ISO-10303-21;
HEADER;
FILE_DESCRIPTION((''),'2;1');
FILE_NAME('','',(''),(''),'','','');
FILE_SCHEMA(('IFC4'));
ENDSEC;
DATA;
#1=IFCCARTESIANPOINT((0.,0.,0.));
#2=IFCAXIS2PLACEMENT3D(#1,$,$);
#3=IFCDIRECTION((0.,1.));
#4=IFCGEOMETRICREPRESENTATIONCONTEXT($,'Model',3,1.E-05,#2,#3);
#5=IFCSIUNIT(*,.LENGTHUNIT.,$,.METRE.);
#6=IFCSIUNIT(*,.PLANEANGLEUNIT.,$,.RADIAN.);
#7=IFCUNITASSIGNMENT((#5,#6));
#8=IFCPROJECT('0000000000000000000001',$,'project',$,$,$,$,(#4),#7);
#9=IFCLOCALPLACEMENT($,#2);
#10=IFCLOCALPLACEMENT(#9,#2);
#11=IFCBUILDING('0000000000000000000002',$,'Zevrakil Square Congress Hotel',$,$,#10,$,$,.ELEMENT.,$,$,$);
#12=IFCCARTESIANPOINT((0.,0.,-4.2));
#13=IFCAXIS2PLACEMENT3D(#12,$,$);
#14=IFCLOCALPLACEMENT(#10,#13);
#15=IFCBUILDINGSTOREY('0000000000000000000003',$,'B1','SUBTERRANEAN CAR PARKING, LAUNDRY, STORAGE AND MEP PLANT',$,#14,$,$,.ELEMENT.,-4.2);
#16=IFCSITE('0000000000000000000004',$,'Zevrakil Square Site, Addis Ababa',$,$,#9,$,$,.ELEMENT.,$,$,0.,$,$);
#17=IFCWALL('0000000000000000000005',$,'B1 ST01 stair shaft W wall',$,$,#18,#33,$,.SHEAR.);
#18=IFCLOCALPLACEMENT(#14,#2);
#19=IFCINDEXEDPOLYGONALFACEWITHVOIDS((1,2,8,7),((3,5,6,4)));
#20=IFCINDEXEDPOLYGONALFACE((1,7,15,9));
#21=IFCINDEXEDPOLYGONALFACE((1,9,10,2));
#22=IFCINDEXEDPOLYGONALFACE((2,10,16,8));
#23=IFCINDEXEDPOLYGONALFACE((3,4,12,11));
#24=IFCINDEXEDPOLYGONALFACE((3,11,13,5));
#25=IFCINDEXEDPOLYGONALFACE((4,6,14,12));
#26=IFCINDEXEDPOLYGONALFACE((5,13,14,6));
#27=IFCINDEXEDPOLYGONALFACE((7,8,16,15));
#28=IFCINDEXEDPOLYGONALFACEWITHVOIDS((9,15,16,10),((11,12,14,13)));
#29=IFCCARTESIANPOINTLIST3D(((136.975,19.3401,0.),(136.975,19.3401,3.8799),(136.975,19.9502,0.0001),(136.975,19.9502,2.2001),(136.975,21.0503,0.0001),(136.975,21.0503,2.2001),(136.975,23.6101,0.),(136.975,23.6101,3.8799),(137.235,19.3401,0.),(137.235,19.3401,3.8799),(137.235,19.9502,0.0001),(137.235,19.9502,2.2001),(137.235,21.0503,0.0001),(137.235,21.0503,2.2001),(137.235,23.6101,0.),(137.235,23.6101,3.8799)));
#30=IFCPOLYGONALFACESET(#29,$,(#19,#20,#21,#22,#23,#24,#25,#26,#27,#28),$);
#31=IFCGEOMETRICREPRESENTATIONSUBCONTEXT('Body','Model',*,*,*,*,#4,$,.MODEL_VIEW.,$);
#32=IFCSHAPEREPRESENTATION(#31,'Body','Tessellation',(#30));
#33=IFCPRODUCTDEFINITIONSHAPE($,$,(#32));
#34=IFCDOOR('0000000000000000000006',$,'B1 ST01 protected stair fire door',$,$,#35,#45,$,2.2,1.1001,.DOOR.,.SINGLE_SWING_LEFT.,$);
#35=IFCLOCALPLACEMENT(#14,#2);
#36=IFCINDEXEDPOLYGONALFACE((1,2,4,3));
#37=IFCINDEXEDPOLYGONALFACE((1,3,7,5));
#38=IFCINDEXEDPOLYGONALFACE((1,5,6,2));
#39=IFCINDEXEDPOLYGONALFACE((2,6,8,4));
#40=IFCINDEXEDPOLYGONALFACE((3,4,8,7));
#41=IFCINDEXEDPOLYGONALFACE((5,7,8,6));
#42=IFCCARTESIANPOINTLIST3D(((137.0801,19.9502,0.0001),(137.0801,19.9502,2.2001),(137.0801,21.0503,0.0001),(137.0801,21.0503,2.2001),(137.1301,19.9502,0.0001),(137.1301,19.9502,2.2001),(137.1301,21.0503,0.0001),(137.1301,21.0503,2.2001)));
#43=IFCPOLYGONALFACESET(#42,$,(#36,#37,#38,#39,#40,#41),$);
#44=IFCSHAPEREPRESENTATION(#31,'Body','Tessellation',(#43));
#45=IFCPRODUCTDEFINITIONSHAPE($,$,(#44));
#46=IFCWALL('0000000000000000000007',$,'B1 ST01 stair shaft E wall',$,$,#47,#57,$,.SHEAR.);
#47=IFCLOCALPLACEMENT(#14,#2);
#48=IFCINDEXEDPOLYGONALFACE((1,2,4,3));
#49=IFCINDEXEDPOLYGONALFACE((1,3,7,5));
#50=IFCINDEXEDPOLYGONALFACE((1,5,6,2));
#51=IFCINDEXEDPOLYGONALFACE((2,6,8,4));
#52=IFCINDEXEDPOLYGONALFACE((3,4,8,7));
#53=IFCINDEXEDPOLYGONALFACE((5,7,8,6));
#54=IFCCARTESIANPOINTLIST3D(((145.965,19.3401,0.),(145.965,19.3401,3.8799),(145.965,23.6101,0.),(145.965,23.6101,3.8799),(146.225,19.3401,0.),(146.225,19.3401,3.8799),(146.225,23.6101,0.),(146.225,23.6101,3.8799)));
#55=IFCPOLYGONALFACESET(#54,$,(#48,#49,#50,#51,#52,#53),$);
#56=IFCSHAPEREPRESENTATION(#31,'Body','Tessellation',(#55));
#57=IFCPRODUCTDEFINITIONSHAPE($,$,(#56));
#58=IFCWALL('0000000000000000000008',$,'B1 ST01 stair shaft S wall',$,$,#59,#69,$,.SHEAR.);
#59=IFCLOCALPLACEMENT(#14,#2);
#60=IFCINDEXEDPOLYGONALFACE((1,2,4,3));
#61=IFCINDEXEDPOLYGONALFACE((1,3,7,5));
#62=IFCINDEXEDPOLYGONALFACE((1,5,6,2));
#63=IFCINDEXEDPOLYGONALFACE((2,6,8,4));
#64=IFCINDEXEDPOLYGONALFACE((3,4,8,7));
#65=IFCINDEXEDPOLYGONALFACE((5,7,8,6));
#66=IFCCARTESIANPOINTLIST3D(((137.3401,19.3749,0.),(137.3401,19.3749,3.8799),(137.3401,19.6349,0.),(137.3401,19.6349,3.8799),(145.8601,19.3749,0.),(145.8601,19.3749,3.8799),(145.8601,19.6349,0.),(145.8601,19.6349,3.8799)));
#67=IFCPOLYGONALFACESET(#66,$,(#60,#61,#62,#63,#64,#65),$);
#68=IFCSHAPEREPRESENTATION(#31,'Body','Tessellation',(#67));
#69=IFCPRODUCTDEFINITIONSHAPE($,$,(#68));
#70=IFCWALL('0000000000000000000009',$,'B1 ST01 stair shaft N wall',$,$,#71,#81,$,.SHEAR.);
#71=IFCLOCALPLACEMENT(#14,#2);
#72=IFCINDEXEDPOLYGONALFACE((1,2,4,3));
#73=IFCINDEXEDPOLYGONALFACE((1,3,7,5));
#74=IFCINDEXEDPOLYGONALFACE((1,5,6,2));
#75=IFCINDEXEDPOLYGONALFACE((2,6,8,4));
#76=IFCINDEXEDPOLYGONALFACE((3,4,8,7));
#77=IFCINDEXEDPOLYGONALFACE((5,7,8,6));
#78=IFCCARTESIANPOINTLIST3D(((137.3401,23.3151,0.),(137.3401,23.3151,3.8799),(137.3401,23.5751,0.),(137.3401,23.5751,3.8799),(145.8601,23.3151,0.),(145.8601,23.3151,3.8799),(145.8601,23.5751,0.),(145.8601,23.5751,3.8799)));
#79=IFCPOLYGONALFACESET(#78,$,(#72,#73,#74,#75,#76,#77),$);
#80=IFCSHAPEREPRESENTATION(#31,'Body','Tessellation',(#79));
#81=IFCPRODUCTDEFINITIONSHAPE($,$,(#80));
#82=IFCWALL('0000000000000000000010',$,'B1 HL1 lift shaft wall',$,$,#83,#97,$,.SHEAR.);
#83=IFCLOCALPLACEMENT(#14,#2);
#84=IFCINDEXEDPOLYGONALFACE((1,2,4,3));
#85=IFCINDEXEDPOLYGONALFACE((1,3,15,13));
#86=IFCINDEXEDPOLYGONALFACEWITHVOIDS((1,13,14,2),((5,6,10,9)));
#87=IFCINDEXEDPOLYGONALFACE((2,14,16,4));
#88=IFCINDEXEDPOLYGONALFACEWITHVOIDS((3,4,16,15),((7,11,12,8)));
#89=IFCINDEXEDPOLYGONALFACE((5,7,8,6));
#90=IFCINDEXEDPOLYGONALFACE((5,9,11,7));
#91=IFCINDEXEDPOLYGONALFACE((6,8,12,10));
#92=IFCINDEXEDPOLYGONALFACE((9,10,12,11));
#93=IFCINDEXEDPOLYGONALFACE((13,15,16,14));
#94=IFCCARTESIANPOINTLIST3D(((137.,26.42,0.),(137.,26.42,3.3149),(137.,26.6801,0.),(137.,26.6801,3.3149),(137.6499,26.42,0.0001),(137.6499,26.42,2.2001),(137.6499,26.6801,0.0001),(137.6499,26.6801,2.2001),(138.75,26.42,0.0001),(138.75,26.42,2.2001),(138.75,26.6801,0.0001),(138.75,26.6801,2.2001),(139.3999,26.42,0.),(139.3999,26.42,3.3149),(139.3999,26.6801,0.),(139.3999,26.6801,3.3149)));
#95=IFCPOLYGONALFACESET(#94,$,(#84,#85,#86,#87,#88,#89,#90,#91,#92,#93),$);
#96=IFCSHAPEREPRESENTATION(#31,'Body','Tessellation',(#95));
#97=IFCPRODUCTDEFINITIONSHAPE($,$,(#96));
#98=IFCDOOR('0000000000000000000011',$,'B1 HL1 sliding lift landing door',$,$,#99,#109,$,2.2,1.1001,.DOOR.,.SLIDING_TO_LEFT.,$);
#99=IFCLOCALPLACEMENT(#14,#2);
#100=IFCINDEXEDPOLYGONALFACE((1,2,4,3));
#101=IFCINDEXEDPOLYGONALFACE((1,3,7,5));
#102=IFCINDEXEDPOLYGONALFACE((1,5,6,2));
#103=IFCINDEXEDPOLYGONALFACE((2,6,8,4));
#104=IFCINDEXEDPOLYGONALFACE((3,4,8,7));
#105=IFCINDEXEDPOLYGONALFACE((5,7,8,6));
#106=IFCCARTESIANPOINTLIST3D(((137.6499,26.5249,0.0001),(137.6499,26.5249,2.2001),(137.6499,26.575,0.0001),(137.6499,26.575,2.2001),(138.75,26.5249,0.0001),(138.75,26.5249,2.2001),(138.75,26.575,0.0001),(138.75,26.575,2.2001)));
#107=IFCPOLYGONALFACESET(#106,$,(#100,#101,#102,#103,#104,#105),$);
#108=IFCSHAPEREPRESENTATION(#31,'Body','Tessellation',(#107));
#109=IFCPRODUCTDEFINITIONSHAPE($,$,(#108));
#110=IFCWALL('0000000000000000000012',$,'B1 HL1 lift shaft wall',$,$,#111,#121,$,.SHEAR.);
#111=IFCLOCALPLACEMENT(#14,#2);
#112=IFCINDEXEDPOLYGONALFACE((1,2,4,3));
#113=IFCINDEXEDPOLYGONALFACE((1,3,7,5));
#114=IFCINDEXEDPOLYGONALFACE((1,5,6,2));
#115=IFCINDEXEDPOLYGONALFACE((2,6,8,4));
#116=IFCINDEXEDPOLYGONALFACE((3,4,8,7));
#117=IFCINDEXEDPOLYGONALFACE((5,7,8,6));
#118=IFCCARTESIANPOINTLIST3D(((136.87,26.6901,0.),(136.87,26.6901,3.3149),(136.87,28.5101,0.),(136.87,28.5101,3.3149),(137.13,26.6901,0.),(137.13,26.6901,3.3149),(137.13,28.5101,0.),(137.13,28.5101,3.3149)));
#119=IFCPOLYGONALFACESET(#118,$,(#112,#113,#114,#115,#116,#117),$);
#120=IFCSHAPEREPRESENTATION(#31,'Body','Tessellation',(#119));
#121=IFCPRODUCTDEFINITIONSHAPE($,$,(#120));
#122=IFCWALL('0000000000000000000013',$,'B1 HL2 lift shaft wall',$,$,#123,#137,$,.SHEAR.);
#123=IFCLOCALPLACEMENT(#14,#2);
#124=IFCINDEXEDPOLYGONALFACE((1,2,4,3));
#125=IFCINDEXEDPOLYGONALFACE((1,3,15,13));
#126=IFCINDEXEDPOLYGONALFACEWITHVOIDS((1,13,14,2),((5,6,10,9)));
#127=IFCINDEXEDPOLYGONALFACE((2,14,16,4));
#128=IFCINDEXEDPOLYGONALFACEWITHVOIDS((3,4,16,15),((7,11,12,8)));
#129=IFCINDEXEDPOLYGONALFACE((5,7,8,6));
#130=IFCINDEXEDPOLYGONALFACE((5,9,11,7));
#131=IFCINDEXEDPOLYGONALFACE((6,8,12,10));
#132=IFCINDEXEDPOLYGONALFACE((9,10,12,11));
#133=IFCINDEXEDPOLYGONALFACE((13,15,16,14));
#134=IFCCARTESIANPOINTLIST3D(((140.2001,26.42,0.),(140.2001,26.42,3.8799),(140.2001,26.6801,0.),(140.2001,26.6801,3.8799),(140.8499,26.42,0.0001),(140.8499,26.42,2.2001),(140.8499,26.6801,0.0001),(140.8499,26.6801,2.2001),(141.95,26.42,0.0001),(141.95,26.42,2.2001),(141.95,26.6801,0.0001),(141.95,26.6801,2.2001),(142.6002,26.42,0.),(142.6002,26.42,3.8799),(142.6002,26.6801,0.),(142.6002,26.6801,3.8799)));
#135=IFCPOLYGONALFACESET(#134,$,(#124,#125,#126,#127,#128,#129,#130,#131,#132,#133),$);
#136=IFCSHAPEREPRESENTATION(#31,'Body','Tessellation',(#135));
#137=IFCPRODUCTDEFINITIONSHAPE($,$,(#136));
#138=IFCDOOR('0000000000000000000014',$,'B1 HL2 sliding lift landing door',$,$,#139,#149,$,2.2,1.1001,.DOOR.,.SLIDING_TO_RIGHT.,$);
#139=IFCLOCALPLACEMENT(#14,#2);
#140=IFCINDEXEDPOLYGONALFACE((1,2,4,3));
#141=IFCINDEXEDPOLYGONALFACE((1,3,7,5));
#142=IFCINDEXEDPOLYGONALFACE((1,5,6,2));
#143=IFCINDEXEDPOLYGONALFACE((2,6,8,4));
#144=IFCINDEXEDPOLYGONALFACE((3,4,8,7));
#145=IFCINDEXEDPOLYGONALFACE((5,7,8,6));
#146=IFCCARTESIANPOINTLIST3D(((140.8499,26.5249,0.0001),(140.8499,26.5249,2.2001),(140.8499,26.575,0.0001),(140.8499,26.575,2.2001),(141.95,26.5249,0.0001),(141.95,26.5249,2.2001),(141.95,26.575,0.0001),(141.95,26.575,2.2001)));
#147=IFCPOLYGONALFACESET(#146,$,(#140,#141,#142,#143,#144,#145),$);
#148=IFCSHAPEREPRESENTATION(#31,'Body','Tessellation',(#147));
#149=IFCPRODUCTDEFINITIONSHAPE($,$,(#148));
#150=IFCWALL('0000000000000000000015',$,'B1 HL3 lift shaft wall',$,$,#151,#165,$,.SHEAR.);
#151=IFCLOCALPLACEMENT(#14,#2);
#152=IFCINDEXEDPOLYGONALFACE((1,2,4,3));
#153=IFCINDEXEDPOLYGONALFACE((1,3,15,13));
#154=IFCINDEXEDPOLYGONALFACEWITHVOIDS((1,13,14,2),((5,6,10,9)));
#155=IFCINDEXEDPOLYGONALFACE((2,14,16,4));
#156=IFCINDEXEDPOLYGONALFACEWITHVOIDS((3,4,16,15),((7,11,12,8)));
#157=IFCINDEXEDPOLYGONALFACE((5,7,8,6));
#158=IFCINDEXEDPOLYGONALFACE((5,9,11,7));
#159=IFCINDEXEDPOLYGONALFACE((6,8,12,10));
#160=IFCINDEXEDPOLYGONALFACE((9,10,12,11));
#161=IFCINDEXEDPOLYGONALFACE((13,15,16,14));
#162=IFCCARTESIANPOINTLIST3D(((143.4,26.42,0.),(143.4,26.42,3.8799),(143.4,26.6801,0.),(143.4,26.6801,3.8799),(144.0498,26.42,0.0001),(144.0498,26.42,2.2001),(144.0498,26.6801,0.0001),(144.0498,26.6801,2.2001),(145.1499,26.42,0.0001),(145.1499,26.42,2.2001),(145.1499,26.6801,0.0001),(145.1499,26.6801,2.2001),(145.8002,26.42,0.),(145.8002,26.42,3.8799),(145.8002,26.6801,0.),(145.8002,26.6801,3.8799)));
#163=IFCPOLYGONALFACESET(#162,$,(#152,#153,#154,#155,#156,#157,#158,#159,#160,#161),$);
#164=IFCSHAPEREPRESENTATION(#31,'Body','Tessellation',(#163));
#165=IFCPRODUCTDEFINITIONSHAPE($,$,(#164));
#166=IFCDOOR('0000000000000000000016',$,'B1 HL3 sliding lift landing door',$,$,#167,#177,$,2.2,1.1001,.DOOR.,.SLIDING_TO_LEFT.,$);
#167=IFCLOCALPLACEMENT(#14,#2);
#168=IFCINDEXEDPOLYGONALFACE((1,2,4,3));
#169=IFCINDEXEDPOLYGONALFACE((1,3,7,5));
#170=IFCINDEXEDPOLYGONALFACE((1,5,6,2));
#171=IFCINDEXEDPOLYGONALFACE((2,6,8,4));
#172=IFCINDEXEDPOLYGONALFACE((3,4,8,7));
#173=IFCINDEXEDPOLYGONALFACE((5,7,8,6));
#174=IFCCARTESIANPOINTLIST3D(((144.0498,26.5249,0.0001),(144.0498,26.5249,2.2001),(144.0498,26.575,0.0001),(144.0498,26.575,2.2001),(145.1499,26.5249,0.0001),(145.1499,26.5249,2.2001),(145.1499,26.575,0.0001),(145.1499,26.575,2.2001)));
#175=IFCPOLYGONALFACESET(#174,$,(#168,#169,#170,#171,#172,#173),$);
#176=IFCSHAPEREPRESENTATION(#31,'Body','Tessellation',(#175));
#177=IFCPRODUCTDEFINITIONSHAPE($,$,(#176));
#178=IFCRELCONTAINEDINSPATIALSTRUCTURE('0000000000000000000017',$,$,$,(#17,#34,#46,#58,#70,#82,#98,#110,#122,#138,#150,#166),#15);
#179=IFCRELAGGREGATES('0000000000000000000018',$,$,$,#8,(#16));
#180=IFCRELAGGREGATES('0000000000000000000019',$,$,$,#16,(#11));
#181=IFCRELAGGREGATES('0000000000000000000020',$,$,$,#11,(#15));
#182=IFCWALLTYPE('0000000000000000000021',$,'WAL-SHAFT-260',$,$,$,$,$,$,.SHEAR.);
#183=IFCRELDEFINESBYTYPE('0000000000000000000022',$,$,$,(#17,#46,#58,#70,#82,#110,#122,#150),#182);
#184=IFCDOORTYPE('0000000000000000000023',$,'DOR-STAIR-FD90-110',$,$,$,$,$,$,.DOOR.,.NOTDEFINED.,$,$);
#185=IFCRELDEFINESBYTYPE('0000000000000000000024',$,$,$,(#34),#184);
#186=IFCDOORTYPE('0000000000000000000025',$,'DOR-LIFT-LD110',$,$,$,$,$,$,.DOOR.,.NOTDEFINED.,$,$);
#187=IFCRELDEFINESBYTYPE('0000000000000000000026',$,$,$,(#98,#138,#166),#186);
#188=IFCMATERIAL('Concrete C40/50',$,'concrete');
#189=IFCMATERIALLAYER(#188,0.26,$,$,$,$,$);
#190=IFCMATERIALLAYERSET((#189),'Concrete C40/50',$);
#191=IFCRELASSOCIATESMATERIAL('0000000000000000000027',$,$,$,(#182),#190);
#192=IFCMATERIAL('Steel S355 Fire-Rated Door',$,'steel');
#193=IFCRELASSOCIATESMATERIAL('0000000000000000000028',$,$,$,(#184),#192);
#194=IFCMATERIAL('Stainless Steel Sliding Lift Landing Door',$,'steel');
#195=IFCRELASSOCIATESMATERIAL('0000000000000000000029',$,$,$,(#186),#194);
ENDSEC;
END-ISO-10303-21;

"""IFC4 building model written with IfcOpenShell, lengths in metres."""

from ifc_helpers import new_model, si_unit, direction, frame, frame_2d, origin, place, context, subcontext, project, spatial, rectangle, extrude, material, layer, layer_set, type_object, element, fill, save


model = new_model("IFC4")

# Units and contexts
model_context = context("Model", 3, precision=1e-05, world=origin(), true_north=direction((0.0, 1.0)))
body_context = subcontext(model_context, "Body", "Model", "MODEL_VIEW")
ifc_project = project(units=[si_unit("LENGTHUNIT", "METRE"), si_unit("PLANEANGLEUNIT", "RADIAN")], contexts=[model_context])

# Site, building, storey
site_placement = place(None, origin())
site = spatial("IfcSite", under=ifc_project, at=site_placement, Name="Zevrakil Square Site, Addis Ababa", CompositionType="ELEMENT", RefElevation=0.0)
building_placement = place(site_placement, origin())
building = spatial("IfcBuilding", under=site, at=building_placement, Name="Zevrakil Square Congress Hotel", CompositionType="ELEMENT")
storey_placement = place(building_placement, frame((0.0, 0.0, -4.2)))
storey = spatial("IfcBuildingStorey", under=building, at=storey_placement, Name="B1", Description="SUBTERRANEAN CAR PARKING, LAUNDRY, STORAGE AND MEP PLANT", CompositionType="ELEMENT", Elevation=-4.2)

# Wall, opening, door
ifc_material_1 = material(Name="Concrete C40/50", Category="concrete")
ifc_layer_1 = layer(ifc_material_1, 0.26)
ifc_layer_set_1 = layer_set([ifc_layer_1], Name="Concrete C40/50")
wall_type = type_object("IfcWallType", Name="WAL-SHAFT-260", PredefinedType="SHEAR", material=ifc_layer_set_1)
wall_1_placement = place(storey_placement, frame((137.105, 19.3401, 0.0), z_axis=(0.0, 0.0, 1.0), x_axis=(0.0, 1.0, 0.0)))
wall_1 = element("IfcWall", 1, at=wall_1_placement, inside=storey, type_object=wall_type, Name="B1 ST01 stair shaft W wall", PredefinedType="SHEAR", context=body_context, shape_type="SweptSolid", body=[
    extrude(rectangle(XDim=4.27, YDim=0.26, at=frame_2d((2.135, 0.0))), origin(), (0.0, 0.0, 1.0), 3.8799),
])
opening_1_placement = place(wall_1_placement, frame((0.6101, 0.0, 0.0)))
opening_1 = element("IfcOpeningElement", 2, at=opening_1_placement, cuts=wall_1, PredefinedType="OPENING", context=body_context, shape_type="SweptSolid", body=[
    extrude(rectangle(XDim=1.1001, YDim=2.2, at=frame_2d((0.55, 1.1001))), frame((0.0, 0.1401, 0.0), z_axis=(0.0, -1.0, 0.0), x_axis=(1.0, 0.0, 0.0)), (0.0, 0.0, 1.0), 0.28),
])
ifc_material_2 = material(Name="Steel S355 Fire-Rated Door", Category="steel")
door_type_1 = type_object("IfcDoorType", Name="DOR-STAIR-FD90-110", OperationType="NOTDEFINED", PredefinedType="DOOR", material=ifc_material_2)
door_1_placement = place(opening_1_placement, origin())
door_1 = element("IfcDoor", 3, at=door_1_placement, inside=storey, type_object=door_type_1, Name="B1 ST01 protected stair fire door", OperationType="SINGLE_SWING_LEFT", OverallHeight=2.2, OverallWidth=1.1001, PredefinedType="DOOR", context=body_context, shape_type="SweptSolid", body=[
    extrude(rectangle(XDim=1.1001, YDim=2.2, at=frame_2d((0.55, 1.1001))), frame((0.0, 0.0249, 0.0), z_axis=(0.0, -1.0, 0.0), x_axis=(1.0, 0.0, 0.0)), (0.0, 0.0, 1.0), 0.05),
])
fill(opening_1, door_1)

# Walls
wall_2_placement = place(storey_placement, frame((146.095, 19.3401, 0.0), z_axis=(0.0, 0.0, 1.0), x_axis=(0.0, 1.0, 0.0)))
element("IfcWall", 4, at=wall_2_placement, inside=storey, type_object=wall_type, Name="B1 ST01 stair shaft E wall", PredefinedType="SHEAR", context=body_context, shape_type="SweptSolid", body=[
    extrude(rectangle(XDim=4.27, YDim=0.26, at=frame_2d((2.135, 0.0))), origin(), (0.0, 0.0, 1.0), 3.8799),
])
for number, where, z_axis, x_axis, name in (
    (5, (137.3401, 19.5049, 0.0), (0.0, 0.0, 1.0), (1.0, 0.0, 0.0), "B1 ST01 stair shaft S wall"),
    (6, (137.3401, 23.4451, 0.0), (0.0, 0.0, 1.0), (1.0, 0.0, 0.0), "B1 ST01 stair shaft N wall"),
):
    element("IfcWall", number, at=place(storey_placement, frame(where, z_axis=z_axis, x_axis=x_axis)), inside=storey, type_object=wall_type, Name=name, PredefinedType="SHEAR", context=body_context, shape_type="SweptSolid", body=[
        extrude(rectangle(XDim=8.52, YDim=0.26, at=frame_2d((4.26, 0.0))), origin(), (0.0, 0.0, 1.0), 3.8799),
    ])

# Wall, opening, door
wall_3_placement = place(storey_placement, frame((137.0, 26.55, 0.0), z_axis=(0.0, 0.0, 1.0), x_axis=(1.0, 0.0, 0.0)))
wall_3 = element("IfcWall", 7, at=wall_3_placement, inside=storey, type_object=wall_type, Name="B1 HL1 lift shaft wall", PredefinedType="SHEAR", context=body_context, shape_type="SweptSolid", body=[
    extrude(rectangle(XDim=2.3999, YDim=0.26, at=frame_2d((1.2, 0.0))), origin(), (0.0, 0.0, 1.0), 3.3149),
])
opening_2_placement = place(wall_3_placement, frame((0.6499, 0.0, 0.0)))
opening_2 = element("IfcOpeningElement", 8, at=opening_2_placement, cuts=wall_3, PredefinedType="OPENING", context=body_context, shape_type="SweptSolid", body=[
    extrude(rectangle(XDim=1.1001, YDim=2.2, at=frame_2d((0.55, 1.1001))), frame((0.0, 0.1401, 0.0), z_axis=(0.0, -1.0, 0.0), x_axis=(1.0, 0.0, 0.0)), (0.0, 0.0, 1.0), 0.28),
])
ifc_material_3 = material(Name="Stainless Steel Sliding Lift Landing Door", Category="steel")
door_type_2 = type_object("IfcDoorType", Name="DOR-LIFT-LD110", OperationType="NOTDEFINED", PredefinedType="DOOR", material=ifc_material_3)
door_2_placement = place(opening_2_placement, origin())
door_2 = element("IfcDoor", 9, at=door_2_placement, inside=storey, type_object=door_type_2, Name="B1 HL1 sliding lift landing door", OperationType="SLIDING_TO_LEFT", OverallHeight=2.2, OverallWidth=1.1001, PredefinedType="DOOR", context=body_context, shape_type="SweptSolid", body=[
    extrude(rectangle(XDim=1.1001, YDim=2.2, at=frame_2d((0.55, 1.1001))), frame((0.0, 0.0249, 0.0), z_axis=(0.0, -1.0, 0.0), x_axis=(1.0, 0.0, 0.0)), (0.0, 0.0, 1.0), 0.05),
])
fill(opening_2, door_2)

# Wall
wall_4_placement = place(storey_placement, frame((137.0, 26.6899, 0.0), z_axis=(0.0, 0.0, 1.0), x_axis=(0.0, 1.0, 0.0)))
element("IfcWall", 10, at=wall_4_placement, inside=storey, type_object=wall_type, Name="B1 HL1 lift shaft wall", PredefinedType="SHEAR", context=body_context, shape_type="SweptSolid", body=[
    extrude(rectangle(XDim=1.8201, YDim=0.26, at=frame_2d((0.9102, 0.0))), origin(), (0.0, 0.0, 1.0), 3.3149),
])

# Walls, openings, doors
wall_5_placement = place(storey_placement, frame((140.2, 26.55, 0.0), z_axis=(0.0, 0.0, 1.0), x_axis=(1.0, 0.0, 0.0)))
wall_5 = element("IfcWall", 11, at=wall_5_placement, inside=storey, type_object=wall_type, Name="B1 HL2 lift shaft wall", PredefinedType="SHEAR", context=body_context, shape_type="SweptSolid", body=[
    extrude(rectangle(XDim=2.4001, YDim=0.26, at=frame_2d((1.2002, 0.0))), origin(), (0.0, 0.0, 1.0), 3.8799),
])
opening_3_placement = place(wall_5_placement, frame((0.6499, 0.0, 0.0)))
opening_3 = element("IfcOpeningElement", 12, at=opening_3_placement, cuts=wall_5, PredefinedType="OPENING", context=body_context, shape_type="SweptSolid", body=[
    extrude(rectangle(XDim=1.1001, YDim=2.2, at=frame_2d((0.55, 1.1001))), frame((0.0, 0.1401, 0.0), z_axis=(0.0, -1.0, 0.0), x_axis=(1.0, 0.0, 0.0)), (0.0, 0.0, 1.0), 0.28),
])
door_3_placement = place(opening_3_placement, origin())
door_3 = element("IfcDoor", 13, at=door_3_placement, inside=storey, type_object=door_type_2, Name="B1 HL2 sliding lift landing door", OperationType="SLIDING_TO_RIGHT", OverallHeight=2.2, OverallWidth=1.1001, PredefinedType="DOOR", context=body_context, shape_type="SweptSolid", body=[
    extrude(rectangle(XDim=1.1001, YDim=2.2, at=frame_2d((0.55, 1.1001))), frame((0.0, 0.0249, 0.0), z_axis=(0.0, -1.0, 0.0), x_axis=(1.0, 0.0, 0.0)), (0.0, 0.0, 1.0), 0.05),
])
fill(opening_3, door_3)
wall_6_placement = place(storey_placement, frame((143.3999, 26.55, 0.0), z_axis=(0.0, 0.0, 1.0), x_axis=(1.0, 0.0, 0.0)))
wall_6 = element("IfcWall", 14, at=wall_6_placement, inside=storey, type_object=wall_type, Name="B1 HL3 lift shaft wall", PredefinedType="SHEAR", context=body_context, shape_type="SweptSolid", body=[
    extrude(rectangle(XDim=2.4001, YDim=0.26, at=frame_2d((1.2002, 0.0))), origin(), (0.0, 0.0, 1.0), 3.8799),
])
opening_4_placement = place(wall_6_placement, frame((0.6499, 0.0, 0.0)))
opening_4 = element("IfcOpeningElement", 15, at=opening_4_placement, cuts=wall_6, PredefinedType="OPENING", context=body_context, shape_type="SweptSolid", body=[
    extrude(rectangle(XDim=1.1001, YDim=2.2, at=frame_2d((0.55, 1.1001))), frame((0.0, 0.1401, 0.0), z_axis=(0.0, -1.0, 0.0), x_axis=(1.0, 0.0, 0.0)), (0.0, 0.0, 1.0), 0.28),
])
door_4_placement = place(opening_4_placement, origin())
door_4 = element("IfcDoor", 16, at=door_4_placement, inside=storey, type_object=door_type_2, Name="B1 HL3 sliding lift landing door", OperationType="SLIDING_TO_LEFT", OverallHeight=2.2, OverallWidth=1.1001, PredefinedType="DOOR", context=body_context, shape_type="SweptSolid", body=[
    extrude(rectangle(XDim=1.1001, YDim=2.2, at=frame_2d((0.55, 1.1001))), frame((0.0, 0.0249, 0.0), z_axis=(0.0, -1.0, 0.0), x_axis=(1.0, 0.0, 0.0)), (0.0, 0.0, 1.0), 0.05),
])
fill(opening_4, door_4)

save(model, "model.ifc")
